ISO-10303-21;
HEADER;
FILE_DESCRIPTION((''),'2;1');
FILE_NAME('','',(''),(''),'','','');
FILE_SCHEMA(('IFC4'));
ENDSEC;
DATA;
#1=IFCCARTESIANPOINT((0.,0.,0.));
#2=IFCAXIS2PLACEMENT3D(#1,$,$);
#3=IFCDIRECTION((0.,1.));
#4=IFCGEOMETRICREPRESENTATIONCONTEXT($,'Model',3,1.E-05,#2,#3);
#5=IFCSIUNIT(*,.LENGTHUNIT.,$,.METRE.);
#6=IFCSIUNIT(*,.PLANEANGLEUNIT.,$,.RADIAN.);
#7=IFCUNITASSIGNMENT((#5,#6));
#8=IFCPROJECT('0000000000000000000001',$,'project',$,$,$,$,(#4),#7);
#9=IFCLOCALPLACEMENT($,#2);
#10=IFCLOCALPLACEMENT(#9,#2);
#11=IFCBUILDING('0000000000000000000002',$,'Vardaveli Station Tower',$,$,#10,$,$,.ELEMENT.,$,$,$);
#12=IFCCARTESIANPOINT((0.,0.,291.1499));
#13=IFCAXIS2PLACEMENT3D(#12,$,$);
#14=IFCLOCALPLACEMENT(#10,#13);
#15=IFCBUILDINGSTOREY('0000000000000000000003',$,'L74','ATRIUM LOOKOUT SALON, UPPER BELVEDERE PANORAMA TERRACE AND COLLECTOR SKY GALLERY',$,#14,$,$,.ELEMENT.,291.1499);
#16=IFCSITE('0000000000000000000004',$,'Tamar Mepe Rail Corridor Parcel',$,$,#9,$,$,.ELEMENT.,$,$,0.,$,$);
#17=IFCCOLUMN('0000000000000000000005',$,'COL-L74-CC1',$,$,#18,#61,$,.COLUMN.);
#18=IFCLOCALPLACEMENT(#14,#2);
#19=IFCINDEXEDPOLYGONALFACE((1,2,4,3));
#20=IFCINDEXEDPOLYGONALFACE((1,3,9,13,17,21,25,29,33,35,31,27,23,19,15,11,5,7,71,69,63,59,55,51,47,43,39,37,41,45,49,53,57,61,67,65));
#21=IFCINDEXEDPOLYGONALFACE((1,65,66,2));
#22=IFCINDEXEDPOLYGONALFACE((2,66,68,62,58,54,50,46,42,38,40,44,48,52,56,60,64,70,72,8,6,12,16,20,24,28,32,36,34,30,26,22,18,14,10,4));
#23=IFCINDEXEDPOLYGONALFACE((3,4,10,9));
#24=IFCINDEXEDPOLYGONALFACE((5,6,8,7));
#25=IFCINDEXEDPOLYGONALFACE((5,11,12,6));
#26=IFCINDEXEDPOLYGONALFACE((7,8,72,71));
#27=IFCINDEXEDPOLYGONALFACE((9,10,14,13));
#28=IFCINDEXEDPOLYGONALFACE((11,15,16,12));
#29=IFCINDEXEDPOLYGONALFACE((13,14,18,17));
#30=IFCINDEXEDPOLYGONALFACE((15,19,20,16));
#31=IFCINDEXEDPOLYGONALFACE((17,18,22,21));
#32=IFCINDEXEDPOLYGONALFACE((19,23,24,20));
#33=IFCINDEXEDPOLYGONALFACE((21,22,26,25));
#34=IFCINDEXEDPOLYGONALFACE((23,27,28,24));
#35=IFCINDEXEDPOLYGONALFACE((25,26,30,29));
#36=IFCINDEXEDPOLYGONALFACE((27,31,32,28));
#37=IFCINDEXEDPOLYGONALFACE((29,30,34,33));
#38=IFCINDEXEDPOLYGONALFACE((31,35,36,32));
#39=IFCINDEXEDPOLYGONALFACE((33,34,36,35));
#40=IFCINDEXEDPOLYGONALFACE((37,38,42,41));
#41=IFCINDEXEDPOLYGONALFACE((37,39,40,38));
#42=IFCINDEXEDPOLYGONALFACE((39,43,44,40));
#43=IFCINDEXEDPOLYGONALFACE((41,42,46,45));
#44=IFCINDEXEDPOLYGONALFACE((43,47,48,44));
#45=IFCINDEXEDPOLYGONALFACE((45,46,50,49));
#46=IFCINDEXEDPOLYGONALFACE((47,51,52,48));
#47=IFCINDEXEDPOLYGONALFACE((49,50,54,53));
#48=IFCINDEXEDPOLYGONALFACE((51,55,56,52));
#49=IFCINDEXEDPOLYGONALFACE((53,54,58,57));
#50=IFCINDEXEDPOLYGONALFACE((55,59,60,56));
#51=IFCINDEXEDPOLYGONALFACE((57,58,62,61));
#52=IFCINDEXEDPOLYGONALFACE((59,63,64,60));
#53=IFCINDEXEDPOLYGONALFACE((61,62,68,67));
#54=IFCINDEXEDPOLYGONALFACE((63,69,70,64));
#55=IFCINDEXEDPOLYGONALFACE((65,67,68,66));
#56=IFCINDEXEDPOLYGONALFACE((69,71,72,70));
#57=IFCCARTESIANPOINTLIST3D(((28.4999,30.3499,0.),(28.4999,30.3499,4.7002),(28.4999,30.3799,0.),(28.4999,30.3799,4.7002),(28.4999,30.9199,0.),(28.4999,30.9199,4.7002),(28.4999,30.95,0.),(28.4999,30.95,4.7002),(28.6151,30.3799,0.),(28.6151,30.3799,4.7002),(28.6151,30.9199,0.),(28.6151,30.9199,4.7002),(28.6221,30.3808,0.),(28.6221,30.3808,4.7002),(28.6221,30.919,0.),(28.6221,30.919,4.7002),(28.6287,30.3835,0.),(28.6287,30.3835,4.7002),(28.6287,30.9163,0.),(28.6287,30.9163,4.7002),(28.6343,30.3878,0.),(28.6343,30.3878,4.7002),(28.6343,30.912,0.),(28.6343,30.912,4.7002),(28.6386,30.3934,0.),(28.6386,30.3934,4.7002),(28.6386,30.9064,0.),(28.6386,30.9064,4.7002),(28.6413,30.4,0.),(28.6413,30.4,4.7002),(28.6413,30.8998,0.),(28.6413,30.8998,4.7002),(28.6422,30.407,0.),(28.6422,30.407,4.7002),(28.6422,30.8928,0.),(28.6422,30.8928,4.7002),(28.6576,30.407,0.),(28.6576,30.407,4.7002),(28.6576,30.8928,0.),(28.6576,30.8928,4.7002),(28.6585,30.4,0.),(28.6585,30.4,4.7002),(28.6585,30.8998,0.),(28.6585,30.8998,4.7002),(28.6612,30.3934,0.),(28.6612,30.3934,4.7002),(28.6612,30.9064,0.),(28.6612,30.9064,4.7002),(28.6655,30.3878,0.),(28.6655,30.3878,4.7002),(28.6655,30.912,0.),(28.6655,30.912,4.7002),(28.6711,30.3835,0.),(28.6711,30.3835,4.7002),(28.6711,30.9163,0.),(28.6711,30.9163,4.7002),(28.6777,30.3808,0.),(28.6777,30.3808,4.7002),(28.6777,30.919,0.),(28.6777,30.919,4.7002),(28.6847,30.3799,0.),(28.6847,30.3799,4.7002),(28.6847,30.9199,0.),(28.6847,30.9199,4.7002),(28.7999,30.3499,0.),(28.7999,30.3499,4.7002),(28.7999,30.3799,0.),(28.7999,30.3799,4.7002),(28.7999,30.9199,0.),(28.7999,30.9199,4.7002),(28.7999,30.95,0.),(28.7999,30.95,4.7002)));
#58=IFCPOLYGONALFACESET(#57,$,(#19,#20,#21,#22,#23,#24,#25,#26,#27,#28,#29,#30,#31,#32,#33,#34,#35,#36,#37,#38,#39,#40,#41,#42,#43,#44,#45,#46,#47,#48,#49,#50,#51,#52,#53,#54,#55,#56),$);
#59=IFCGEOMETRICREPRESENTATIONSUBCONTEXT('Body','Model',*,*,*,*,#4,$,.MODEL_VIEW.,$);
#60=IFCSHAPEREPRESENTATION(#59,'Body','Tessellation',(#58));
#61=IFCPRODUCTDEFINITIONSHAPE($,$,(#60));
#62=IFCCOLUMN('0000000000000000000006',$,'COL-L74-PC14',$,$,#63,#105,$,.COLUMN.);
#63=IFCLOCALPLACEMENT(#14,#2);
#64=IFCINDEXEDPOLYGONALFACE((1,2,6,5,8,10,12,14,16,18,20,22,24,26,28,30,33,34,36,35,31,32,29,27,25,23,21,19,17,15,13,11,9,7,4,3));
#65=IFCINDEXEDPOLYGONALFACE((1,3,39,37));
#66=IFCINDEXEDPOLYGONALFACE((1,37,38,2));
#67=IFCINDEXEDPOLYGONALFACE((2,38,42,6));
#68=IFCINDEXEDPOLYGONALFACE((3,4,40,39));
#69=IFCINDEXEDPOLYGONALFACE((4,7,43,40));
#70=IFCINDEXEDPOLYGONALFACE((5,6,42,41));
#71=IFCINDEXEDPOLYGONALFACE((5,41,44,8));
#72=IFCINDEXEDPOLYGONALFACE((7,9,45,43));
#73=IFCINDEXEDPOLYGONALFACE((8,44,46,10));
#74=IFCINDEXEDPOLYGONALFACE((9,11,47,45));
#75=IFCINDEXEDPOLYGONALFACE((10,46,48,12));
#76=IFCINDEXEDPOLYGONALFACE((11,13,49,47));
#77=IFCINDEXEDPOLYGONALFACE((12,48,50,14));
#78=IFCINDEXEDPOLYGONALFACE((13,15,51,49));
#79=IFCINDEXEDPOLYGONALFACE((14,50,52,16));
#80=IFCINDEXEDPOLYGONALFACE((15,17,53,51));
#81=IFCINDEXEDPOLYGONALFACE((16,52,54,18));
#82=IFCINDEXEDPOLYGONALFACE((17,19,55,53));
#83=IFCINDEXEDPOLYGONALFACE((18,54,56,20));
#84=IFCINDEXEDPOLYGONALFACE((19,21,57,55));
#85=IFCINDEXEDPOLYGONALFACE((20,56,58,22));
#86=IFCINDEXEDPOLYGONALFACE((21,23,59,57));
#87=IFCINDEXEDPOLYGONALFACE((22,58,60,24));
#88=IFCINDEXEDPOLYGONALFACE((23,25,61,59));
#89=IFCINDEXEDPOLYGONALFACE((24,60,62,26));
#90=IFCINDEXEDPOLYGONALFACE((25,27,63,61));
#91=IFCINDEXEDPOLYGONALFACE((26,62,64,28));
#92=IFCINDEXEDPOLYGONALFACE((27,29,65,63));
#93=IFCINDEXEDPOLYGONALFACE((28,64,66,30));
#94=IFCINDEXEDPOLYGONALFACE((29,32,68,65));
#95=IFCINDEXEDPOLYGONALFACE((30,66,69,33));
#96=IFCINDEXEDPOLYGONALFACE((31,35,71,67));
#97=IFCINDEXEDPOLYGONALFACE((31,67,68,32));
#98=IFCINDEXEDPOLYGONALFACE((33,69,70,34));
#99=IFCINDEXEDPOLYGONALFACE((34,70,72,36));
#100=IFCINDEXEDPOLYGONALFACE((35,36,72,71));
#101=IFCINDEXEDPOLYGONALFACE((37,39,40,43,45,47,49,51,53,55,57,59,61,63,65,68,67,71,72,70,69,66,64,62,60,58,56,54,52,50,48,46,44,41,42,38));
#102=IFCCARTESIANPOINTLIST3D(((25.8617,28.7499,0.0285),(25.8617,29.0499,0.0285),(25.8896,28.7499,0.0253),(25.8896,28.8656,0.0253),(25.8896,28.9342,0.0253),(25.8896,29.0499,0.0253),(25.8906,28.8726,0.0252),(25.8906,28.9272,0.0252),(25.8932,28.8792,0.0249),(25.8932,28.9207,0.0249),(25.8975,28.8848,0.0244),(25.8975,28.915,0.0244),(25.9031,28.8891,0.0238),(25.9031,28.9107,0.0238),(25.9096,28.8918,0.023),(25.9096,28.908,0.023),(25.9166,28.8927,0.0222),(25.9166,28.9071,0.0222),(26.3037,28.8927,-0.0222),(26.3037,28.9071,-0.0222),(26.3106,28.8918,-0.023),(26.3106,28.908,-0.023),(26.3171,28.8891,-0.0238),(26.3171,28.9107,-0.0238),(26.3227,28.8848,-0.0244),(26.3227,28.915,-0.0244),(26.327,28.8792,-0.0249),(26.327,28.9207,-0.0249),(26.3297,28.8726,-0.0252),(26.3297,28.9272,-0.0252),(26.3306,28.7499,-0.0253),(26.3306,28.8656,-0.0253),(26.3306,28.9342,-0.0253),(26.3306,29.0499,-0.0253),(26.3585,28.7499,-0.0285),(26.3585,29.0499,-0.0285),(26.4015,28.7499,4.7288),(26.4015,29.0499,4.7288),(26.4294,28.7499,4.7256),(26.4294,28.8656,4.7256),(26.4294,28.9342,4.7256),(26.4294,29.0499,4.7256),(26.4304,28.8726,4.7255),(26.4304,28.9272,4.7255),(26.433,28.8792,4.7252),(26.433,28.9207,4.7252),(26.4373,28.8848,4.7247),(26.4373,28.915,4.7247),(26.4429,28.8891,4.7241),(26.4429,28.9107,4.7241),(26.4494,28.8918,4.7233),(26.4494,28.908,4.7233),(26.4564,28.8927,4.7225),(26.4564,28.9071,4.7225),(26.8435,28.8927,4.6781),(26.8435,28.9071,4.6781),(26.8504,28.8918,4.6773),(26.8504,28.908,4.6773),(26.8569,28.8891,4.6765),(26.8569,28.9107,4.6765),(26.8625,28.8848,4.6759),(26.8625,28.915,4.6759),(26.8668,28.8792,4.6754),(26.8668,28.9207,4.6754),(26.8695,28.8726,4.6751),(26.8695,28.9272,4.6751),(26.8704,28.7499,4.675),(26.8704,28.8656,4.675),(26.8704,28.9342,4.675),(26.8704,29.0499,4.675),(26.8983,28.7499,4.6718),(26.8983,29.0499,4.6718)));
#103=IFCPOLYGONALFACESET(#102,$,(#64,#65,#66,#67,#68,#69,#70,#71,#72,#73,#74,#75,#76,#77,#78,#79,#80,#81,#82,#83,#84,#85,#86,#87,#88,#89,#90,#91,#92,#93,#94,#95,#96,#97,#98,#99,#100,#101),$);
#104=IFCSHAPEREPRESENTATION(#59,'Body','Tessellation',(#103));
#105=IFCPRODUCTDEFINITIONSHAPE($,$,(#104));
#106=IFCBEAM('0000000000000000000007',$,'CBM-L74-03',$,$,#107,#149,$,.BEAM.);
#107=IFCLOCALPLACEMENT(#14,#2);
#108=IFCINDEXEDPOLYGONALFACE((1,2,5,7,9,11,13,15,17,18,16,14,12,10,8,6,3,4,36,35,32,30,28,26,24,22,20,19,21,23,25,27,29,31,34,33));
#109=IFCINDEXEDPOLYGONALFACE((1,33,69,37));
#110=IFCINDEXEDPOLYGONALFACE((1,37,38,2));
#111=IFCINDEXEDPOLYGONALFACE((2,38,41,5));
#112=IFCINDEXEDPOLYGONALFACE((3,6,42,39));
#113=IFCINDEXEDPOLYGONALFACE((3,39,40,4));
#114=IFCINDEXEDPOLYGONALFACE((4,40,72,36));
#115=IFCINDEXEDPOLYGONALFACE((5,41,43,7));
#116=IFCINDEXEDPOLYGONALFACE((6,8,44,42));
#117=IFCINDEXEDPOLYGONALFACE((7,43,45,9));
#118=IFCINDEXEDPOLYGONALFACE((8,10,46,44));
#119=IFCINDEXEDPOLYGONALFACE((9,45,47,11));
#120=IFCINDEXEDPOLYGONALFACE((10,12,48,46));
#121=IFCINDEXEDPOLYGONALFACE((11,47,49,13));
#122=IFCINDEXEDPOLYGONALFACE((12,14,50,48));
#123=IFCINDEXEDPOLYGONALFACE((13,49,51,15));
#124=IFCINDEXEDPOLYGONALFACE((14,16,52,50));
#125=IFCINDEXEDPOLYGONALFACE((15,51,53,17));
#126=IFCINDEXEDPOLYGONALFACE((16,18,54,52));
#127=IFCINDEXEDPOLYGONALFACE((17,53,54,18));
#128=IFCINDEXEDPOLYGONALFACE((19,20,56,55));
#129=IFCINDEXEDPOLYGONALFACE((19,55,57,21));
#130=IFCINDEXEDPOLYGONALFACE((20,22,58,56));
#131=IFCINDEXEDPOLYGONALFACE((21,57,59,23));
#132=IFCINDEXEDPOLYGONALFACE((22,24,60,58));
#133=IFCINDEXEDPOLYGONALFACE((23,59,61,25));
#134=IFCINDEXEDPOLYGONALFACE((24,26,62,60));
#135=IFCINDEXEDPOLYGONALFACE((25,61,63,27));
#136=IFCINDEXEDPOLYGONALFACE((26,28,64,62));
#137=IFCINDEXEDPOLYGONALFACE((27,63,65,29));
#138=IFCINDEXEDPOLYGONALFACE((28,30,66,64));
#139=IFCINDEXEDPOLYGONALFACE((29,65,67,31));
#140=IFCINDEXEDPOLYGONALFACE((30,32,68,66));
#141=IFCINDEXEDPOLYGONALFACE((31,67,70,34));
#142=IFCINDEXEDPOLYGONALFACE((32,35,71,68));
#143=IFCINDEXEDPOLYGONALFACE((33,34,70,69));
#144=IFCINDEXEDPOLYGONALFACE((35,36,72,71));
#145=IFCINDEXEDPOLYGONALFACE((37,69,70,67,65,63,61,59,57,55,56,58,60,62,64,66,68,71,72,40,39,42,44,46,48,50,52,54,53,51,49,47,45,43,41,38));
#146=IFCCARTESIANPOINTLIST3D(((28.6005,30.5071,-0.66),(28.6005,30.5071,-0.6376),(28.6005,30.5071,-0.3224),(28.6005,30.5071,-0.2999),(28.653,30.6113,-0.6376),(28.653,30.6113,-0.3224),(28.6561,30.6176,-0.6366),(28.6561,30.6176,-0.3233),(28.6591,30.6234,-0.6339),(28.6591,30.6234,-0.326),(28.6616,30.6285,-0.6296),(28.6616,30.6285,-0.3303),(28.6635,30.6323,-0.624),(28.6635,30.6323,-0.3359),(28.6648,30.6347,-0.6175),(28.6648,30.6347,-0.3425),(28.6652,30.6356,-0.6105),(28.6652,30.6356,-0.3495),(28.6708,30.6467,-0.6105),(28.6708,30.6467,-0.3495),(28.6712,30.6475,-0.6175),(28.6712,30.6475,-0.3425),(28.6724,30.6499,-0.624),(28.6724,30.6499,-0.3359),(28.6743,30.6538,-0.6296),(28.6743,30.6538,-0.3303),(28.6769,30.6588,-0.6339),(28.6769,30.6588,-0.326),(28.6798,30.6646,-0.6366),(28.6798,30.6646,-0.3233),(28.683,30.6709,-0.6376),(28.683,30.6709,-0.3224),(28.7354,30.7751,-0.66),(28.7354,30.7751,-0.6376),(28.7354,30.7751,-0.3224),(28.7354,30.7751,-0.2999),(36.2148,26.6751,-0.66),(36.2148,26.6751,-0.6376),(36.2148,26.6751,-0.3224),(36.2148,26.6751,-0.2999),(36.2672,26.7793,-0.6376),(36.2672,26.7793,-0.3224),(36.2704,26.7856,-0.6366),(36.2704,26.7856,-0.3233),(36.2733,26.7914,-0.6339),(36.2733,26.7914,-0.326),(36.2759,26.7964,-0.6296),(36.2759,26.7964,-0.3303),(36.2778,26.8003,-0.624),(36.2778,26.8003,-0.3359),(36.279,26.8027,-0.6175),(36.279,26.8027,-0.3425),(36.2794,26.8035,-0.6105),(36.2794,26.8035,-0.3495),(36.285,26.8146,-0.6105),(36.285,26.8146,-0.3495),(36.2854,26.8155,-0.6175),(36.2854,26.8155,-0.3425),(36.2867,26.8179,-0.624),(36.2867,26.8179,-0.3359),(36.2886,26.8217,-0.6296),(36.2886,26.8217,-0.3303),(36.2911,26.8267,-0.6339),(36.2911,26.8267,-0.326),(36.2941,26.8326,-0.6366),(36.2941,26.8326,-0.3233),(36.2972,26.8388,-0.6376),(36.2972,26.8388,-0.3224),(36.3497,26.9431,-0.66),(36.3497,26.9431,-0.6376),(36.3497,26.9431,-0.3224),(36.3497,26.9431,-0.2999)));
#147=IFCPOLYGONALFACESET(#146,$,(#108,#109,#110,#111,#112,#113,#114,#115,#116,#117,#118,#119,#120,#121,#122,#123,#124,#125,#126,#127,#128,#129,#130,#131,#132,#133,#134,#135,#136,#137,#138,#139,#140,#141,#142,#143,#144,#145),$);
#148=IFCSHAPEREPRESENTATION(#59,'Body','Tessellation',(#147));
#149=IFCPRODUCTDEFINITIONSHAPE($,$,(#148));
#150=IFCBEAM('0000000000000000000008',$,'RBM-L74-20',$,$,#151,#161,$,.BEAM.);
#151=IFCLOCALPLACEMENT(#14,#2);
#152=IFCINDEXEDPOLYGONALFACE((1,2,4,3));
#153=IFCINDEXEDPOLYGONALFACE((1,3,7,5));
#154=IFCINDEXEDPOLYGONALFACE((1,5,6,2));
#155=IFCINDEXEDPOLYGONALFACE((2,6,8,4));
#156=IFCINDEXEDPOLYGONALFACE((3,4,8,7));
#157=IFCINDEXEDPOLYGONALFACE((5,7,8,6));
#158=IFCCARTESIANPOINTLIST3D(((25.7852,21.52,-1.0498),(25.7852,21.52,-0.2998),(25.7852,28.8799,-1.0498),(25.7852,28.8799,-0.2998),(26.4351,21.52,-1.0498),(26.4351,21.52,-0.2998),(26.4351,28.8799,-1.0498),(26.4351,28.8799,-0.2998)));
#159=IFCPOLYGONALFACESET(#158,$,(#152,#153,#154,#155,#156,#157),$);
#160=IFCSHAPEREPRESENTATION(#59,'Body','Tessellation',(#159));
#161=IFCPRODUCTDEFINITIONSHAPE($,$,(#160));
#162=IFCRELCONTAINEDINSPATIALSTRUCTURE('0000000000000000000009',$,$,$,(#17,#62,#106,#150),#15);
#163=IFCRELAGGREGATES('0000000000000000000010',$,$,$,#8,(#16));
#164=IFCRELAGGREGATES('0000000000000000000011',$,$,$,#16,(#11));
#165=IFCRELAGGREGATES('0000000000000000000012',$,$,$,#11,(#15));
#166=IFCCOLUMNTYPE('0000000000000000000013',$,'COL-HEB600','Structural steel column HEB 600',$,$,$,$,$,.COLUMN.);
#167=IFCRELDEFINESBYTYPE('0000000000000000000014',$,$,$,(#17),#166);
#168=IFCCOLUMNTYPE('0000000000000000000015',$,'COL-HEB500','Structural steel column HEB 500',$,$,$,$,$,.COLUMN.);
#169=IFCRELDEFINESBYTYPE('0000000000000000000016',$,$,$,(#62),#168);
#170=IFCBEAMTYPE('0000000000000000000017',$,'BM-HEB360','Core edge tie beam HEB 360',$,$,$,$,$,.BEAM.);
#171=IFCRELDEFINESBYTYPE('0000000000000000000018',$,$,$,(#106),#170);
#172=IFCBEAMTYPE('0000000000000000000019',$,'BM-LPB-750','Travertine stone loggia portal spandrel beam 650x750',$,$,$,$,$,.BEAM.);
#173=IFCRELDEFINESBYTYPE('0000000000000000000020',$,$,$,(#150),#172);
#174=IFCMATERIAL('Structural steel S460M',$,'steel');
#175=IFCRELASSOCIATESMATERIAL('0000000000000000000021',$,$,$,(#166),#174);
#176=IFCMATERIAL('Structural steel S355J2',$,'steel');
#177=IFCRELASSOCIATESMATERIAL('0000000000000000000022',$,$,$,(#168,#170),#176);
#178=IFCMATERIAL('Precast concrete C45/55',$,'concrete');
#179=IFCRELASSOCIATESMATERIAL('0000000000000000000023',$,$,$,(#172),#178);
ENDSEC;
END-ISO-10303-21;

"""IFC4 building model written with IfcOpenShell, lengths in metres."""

from ifc_helpers import new_model, si_unit, direction, frame, origin, origin_2d, place, context, subcontext, project, spatial, rectangle, i_section, extrude, source, transform, mapped, material, material_profile, profile_set, type_object, element, save


model = new_model("IFC4")

# Units and contexts
model_context = context("Model", 3, precision=1e-05, world=origin(), true_north=direction((0.0, 1.0)))
body_context = subcontext(model_context, "Body", "Model", "MODEL_VIEW")
ifc_project = project(units=[si_unit("LENGTHUNIT", "METRE"), si_unit("PLANEANGLEUNIT", "RADIAN")], contexts=[model_context])

# Site, building, storey
site_placement = place(None, origin())
site = spatial("IfcSite", under=ifc_project, at=site_placement, Name="Tamar Mepe Rail Corridor Parcel", CompositionType="ELEMENT", RefElevation=0.0)
building_placement = place(site_placement, origin())
building = spatial("IfcBuilding", under=site, at=building_placement, Name="Vardaveli Station Tower", CompositionType="ELEMENT")
storey_placement = place(building_placement, frame((0.0, 0.0, 291.1499)))
storey = spatial("IfcBuildingStorey", under=building, at=storey_placement, Name="L74", Description="ATRIUM LOOKOUT SALON, UPPER BELVEDERE PANORAMA TERRACE AND COLLECTOR SKY GALLERY", CompositionType="ELEMENT", Elevation=291.1499)

# Columns
ifc_material_1 = material(Name="Structural steel S460M", Category="steel")
ifc_material_profile_1 = material_profile(ifc_material_1, i_section(OverallWidth=0.3, OverallDepth=0.6001, WebThickness=0.0154, FlangeThickness=0.03, FilletRadius=0.0271, at=origin_2d()), Name="HEB 600")
ifc_profile_set_1 = profile_set([ifc_material_profile_1], Name="Structural steel S460M")
column_type_1 = type_object("IfcColumnType", Name="COL-HEB600", Description="Structural steel column HEB 600", PredefinedType="COLUMN", material=ifc_profile_set_1)
shared_shape_1 = source(origin(), body_context, "Body", "SweptSolid", [
    extrude(i_section(OverallWidth=0.3, OverallDepth=0.6001, WebThickness=0.0154, FlangeThickness=0.03, FilletRadius=0.0271, at=origin_2d()), origin(), (0.0, 0.0, 1.0), 4.7002),
])
column_1_placement = place(storey_placement, frame((28.6499, 30.6499, 0.0), z_axis=(0.0, 0.0, 1.0), x_axis=(1.0, 0.0, 0.0)))
element("IfcColumn", 1, at=column_1_placement, inside=storey, type_object=column_type_1, Name="COL-L74-CC1", PredefinedType="COLUMN", context=body_context, shape_type="MappedRepresentation", body=[
    mapped(shared_shape_1, transform((0.0, 0.0, 0.0), scale=1.0)),
])
ifc_material_2 = material(Name="Structural steel S355J2", Category="steel")
ifc_material_profile_2 = material_profile(ifc_material_2, i_section(OverallWidth=0.3, OverallDepth=0.5, WebThickness=0.0144, FlangeThickness=0.0281, FilletRadius=0.0271, at=origin_2d()), Name="HEB 500")
ifc_profile_set_2 = profile_set([ifc_material_profile_2], Name="Structural steel S355J2")
column_type_2 = type_object("IfcColumnType", Name="COL-HEB500", Description="Structural steel column HEB 500", PredefinedType="COLUMN", material=ifc_profile_set_2)
shared_shape_2 = source(origin(), body_context, "Body", "SweptSolid", [
    extrude(i_section(OverallWidth=0.3, OverallDepth=0.5, WebThickness=0.0144, FlangeThickness=0.0281, FilletRadius=0.0271, at=origin_2d()), origin(), (0.0, 0.0, 1.0), 4.7312),
])
column_2_placement = place(storey_placement, frame((26.1101, 28.8999, 0.0), z_axis=(0.114095, 0.0, 0.99347), x_axis=(0.0, 1.0, 0.0)))
element("IfcColumn", 2, at=column_2_placement, inside=storey, type_object=column_type_2, Name="COL-L74-PC14", PredefinedType="COLUMN", context=body_context, shape_type="MappedRepresentation", body=[
    mapped(shared_shape_2, transform((0.0, 0.0, 0.0), scale=1.0)),
])

# Beams
ifc_material_profile_3 = material_profile(ifc_material_2, i_section(OverallWidth=0.3, OverallDepth=0.3601, WebThickness=0.0125, FlangeThickness=0.0225, FilletRadius=0.0271, at=origin_2d()), Name="HEB 360")
ifc_profile_set_3 = profile_set([ifc_material_profile_3], Name="Structural steel S355J2")
beam_type_1 = type_object("IfcBeamType", Name="BM-HEB360", Description="Core edge tie beam HEB 360", PredefinedType="BEAM", material=ifc_profile_set_3)
shared_shape_3 = source(origin(), body_context, "Body", "SweptSolid", [
    extrude(i_section(OverallWidth=0.3, OverallDepth=0.3601, WebThickness=0.0125, FlangeThickness=0.0225, FilletRadius=0.0271, at=origin_2d()), origin(), (0.0, 0.0, 1.0), 8.5242),
])
beam_1_placement = place(storey_placement, frame((28.668, 30.6411, -0.48), z_axis=(0.893256, -0.449549, 0.0), x_axis=(0.449549, 0.893256, 0.0)))
element("IfcBeam", 3, at=beam_1_placement, inside=storey, type_object=beam_type_1, Name="CBM-L74-03", PredefinedType="BEAM", context=body_context, shape_type="MappedRepresentation", body=[
    mapped(shared_shape_3, transform((0.0, 0.0, 0.0), scale=1.0)),
])
ifc_material_3 = material(Name="Precast concrete C45/55", Category="concrete")
ifc_material_profile_4 = material_profile(ifc_material_3, rectangle(XDim=0.6499, YDim=0.75, at=origin_2d()), Name="LPB 650x750")
ifc_profile_set_4 = profile_set([ifc_material_profile_4], Name="Precast concrete C45/55")
beam_type_2 = type_object("IfcBeamType", Name="BM-LPB-750", Description="Travertine stone loggia portal spandrel beam 650x750", PredefinedType="BEAM", material=ifc_profile_set_4)
shared_shape_4 = source(origin(), body_context, "Body", "SweptSolid", [
    extrude(rectangle(XDim=0.6499, YDim=0.75, at=origin_2d()), origin(), (0.0, 0.0, 1.0), 7.3599),
])
beam_2_placement = place(storey_placement, frame((26.1101, 28.8799, -0.6748), z_axis=(0.0, -1.0, 0.0), x_axis=(1.0, 0.0, 0.0)))
element("IfcBeam", 4, at=beam_2_placement, inside=storey, type_object=beam_type_2, Name="RBM-L74-20", PredefinedType="BEAM", context=body_context, shape_type="MappedRepresentation", body=[
    mapped(shared_shape_4, transform((0.0, 0.0, 0.0), scale=1.0)),
])

save(model, "model.ifc")
